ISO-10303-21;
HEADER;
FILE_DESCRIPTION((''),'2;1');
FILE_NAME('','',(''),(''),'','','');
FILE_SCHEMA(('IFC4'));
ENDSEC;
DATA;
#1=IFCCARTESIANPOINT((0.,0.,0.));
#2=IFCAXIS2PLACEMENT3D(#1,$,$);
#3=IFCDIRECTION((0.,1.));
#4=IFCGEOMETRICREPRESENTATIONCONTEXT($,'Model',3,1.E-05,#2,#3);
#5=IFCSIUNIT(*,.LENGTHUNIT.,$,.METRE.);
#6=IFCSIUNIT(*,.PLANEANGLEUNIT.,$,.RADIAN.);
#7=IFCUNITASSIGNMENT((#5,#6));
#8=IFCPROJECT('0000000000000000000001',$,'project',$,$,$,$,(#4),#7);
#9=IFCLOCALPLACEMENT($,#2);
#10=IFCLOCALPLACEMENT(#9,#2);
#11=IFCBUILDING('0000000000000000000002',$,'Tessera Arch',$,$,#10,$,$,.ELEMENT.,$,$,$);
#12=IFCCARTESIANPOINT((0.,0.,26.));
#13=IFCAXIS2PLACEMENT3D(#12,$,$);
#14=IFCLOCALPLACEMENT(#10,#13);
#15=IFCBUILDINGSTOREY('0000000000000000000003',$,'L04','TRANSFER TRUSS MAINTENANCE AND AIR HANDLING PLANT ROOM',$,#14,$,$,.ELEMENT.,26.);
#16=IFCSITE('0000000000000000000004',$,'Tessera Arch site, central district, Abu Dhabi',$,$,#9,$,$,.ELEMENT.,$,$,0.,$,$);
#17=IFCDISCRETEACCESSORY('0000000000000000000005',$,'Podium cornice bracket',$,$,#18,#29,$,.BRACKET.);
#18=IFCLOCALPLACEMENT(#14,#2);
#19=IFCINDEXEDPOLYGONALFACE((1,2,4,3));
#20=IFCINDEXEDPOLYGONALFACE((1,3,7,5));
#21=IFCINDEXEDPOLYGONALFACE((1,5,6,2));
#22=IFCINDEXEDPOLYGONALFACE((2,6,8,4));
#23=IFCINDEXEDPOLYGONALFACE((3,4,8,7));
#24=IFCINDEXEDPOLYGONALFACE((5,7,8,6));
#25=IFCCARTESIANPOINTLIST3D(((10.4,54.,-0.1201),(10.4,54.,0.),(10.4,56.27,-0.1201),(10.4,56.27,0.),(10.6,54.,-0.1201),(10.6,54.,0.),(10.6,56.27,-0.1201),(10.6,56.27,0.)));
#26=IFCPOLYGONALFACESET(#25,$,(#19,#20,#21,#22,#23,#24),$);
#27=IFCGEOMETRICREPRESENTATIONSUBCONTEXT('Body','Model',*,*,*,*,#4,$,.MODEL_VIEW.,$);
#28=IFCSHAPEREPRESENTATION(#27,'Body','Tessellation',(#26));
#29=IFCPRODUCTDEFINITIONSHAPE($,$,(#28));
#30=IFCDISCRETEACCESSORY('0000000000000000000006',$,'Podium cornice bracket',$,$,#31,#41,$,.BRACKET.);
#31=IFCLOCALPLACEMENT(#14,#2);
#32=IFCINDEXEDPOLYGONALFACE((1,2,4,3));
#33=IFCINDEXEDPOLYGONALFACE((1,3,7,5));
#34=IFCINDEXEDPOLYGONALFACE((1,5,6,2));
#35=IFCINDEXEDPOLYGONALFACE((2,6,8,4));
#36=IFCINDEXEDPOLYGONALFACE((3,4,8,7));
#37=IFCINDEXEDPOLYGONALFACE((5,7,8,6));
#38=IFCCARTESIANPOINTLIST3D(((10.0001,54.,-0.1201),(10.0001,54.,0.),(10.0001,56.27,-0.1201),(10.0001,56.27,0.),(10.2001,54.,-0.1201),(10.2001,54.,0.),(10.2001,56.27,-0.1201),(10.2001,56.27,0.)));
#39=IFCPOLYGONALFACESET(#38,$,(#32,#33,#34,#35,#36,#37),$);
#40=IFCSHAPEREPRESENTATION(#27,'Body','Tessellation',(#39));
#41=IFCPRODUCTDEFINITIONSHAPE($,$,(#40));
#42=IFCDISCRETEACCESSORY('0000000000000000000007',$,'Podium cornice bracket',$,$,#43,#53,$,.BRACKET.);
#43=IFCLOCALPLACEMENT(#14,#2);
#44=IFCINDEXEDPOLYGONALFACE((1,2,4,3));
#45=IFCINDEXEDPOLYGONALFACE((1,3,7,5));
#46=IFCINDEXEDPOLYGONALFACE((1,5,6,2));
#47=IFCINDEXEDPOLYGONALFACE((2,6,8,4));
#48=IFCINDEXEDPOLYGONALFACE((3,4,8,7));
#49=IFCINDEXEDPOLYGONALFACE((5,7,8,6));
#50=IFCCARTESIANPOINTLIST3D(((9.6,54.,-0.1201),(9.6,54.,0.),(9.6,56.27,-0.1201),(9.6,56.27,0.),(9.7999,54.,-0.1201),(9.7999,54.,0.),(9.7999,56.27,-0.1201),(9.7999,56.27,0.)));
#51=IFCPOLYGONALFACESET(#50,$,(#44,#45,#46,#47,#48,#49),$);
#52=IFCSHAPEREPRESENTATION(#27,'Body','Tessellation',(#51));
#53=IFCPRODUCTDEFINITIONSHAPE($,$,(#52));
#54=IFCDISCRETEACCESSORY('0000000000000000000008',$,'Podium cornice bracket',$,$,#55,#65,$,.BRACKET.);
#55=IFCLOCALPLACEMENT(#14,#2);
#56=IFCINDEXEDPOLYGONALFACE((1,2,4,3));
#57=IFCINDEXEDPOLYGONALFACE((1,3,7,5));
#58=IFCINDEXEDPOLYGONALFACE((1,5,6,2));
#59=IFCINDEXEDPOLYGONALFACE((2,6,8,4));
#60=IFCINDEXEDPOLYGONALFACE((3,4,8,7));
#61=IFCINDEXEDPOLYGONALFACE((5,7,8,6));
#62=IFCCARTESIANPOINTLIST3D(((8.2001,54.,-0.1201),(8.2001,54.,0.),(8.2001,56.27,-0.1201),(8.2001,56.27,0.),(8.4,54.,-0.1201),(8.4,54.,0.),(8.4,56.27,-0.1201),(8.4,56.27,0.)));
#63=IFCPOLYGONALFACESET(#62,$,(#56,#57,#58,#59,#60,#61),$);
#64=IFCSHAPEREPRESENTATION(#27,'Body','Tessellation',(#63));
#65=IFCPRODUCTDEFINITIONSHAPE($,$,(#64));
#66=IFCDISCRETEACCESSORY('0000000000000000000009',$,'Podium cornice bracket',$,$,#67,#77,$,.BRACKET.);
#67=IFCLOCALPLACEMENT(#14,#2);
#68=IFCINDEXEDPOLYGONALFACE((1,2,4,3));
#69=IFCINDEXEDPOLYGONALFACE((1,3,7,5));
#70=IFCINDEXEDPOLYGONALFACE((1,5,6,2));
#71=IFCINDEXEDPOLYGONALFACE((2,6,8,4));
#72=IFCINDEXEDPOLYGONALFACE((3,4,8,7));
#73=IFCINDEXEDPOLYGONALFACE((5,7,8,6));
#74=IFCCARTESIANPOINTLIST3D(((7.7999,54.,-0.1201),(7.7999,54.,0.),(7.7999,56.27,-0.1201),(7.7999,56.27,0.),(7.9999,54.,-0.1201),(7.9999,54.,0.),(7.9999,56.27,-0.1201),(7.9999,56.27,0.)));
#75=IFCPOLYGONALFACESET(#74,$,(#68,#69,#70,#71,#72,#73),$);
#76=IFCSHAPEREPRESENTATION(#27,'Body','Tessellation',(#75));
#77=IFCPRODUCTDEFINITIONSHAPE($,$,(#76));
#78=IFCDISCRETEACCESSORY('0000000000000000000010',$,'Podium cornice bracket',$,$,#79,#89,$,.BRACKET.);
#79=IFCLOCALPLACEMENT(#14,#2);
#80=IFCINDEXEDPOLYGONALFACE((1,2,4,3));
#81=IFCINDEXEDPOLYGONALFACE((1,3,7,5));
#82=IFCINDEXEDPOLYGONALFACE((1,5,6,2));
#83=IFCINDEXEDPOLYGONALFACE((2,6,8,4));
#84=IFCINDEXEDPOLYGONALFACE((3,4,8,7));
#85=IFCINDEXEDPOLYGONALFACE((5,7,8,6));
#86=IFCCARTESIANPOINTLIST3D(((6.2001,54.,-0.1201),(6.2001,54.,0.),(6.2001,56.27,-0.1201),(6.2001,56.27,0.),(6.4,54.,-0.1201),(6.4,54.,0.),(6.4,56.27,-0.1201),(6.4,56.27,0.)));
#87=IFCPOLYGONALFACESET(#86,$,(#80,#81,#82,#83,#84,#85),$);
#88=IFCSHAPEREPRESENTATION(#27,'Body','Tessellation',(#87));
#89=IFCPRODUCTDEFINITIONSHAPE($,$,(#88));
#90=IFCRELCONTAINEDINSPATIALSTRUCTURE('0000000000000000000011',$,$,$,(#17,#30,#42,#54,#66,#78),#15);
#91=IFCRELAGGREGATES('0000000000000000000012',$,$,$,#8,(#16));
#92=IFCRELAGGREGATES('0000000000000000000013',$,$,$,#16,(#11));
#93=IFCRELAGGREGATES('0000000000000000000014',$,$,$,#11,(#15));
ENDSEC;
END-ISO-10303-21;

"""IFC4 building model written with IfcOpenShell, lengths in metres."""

from ifc_helpers import new_model, si_unit, direction, frame, origin, origin_2d, place, context, subcontext, project, spatial, rectangle, extrude, element, save


model = new_model("IFC4")

# Units and contexts
model_context = context("Model", 3, precision=1e-05, world=origin(), true_north=direction((0.0, 1.0)))
body_context = subcontext(model_context, "Body", "Model", "MODEL_VIEW")
ifc_project = project(units=[si_unit("LENGTHUNIT", "METRE"), si_unit("PLANEANGLEUNIT", "RADIAN")], contexts=[model_context])

# Site, building, storey
site_placement = place(None, origin())
site = spatial("IfcSite", under=ifc_project, at=site_placement, Name="Tessera Arch site, central district, Abu Dhabi", CompositionType="ELEMENT", RefElevation=0.0)
building_placement = place(site_placement, origin())
building = spatial("IfcBuilding", under=site, at=building_placement, Name="Tessera Arch", CompositionType="ELEMENT")
storey_placement = place(building_placement, frame((0.0, 0.0, 26.0)))
storey = spatial("IfcBuildingStorey", under=building, at=storey_placement, Name="L04", Description="TRANSFER TRUSS MAINTENANCE AND AIR HANDLING PLANT ROOM", CompositionType="ELEMENT", Elevation=26.0)

# Discrete accessories
for number, where, z_axis, x_axis, name in (
    (1, (10.5, 55.135, -0.1201), (0.0, 0.0, 1.0), (0.0, 1.0, 0.0), "Podium cornice bracket"),
    (2, (10.1001, 55.135, -0.1201), (0.0, 0.0, 1.0), (0.0, 1.0, 0.0), "Podium cornice bracket"),
    (3, (9.7, 55.135, -0.1201), (0.0, 0.0, 1.0), (0.0, 1.0, 0.0), "Podium cornice bracket"),
    (4, (8.3, 55.135, -0.1201), (0.0, 0.0, 1.0), (0.0, 1.0, 0.0), "Podium cornice bracket"),
    (5, (7.8999, 55.135, -0.1201), (0.0, 0.0, 1.0), (0.0, 1.0, 0.0), "Podium cornice bracket"),
    (6, (6.3, 55.135, -0.1201), (0.0, 0.0, 1.0), (0.0, 1.0, 0.0), "Podium cornice bracket"),
):
    element("IfcDiscreteAccessory", number, at=place(storey_placement, frame(where, z_axis=z_axis, x_axis=x_axis)), inside=storey, Name=name, PredefinedType="BRACKET", context=body_context, shape_type="SweptSolid", body=[
        extrude(rectangle(XDim=2.27, YDim=0.2, at=origin_2d()), origin(), (0.0, 0.0, 1.0), 0.1201),
    ])

save(model, "model.ifc")
